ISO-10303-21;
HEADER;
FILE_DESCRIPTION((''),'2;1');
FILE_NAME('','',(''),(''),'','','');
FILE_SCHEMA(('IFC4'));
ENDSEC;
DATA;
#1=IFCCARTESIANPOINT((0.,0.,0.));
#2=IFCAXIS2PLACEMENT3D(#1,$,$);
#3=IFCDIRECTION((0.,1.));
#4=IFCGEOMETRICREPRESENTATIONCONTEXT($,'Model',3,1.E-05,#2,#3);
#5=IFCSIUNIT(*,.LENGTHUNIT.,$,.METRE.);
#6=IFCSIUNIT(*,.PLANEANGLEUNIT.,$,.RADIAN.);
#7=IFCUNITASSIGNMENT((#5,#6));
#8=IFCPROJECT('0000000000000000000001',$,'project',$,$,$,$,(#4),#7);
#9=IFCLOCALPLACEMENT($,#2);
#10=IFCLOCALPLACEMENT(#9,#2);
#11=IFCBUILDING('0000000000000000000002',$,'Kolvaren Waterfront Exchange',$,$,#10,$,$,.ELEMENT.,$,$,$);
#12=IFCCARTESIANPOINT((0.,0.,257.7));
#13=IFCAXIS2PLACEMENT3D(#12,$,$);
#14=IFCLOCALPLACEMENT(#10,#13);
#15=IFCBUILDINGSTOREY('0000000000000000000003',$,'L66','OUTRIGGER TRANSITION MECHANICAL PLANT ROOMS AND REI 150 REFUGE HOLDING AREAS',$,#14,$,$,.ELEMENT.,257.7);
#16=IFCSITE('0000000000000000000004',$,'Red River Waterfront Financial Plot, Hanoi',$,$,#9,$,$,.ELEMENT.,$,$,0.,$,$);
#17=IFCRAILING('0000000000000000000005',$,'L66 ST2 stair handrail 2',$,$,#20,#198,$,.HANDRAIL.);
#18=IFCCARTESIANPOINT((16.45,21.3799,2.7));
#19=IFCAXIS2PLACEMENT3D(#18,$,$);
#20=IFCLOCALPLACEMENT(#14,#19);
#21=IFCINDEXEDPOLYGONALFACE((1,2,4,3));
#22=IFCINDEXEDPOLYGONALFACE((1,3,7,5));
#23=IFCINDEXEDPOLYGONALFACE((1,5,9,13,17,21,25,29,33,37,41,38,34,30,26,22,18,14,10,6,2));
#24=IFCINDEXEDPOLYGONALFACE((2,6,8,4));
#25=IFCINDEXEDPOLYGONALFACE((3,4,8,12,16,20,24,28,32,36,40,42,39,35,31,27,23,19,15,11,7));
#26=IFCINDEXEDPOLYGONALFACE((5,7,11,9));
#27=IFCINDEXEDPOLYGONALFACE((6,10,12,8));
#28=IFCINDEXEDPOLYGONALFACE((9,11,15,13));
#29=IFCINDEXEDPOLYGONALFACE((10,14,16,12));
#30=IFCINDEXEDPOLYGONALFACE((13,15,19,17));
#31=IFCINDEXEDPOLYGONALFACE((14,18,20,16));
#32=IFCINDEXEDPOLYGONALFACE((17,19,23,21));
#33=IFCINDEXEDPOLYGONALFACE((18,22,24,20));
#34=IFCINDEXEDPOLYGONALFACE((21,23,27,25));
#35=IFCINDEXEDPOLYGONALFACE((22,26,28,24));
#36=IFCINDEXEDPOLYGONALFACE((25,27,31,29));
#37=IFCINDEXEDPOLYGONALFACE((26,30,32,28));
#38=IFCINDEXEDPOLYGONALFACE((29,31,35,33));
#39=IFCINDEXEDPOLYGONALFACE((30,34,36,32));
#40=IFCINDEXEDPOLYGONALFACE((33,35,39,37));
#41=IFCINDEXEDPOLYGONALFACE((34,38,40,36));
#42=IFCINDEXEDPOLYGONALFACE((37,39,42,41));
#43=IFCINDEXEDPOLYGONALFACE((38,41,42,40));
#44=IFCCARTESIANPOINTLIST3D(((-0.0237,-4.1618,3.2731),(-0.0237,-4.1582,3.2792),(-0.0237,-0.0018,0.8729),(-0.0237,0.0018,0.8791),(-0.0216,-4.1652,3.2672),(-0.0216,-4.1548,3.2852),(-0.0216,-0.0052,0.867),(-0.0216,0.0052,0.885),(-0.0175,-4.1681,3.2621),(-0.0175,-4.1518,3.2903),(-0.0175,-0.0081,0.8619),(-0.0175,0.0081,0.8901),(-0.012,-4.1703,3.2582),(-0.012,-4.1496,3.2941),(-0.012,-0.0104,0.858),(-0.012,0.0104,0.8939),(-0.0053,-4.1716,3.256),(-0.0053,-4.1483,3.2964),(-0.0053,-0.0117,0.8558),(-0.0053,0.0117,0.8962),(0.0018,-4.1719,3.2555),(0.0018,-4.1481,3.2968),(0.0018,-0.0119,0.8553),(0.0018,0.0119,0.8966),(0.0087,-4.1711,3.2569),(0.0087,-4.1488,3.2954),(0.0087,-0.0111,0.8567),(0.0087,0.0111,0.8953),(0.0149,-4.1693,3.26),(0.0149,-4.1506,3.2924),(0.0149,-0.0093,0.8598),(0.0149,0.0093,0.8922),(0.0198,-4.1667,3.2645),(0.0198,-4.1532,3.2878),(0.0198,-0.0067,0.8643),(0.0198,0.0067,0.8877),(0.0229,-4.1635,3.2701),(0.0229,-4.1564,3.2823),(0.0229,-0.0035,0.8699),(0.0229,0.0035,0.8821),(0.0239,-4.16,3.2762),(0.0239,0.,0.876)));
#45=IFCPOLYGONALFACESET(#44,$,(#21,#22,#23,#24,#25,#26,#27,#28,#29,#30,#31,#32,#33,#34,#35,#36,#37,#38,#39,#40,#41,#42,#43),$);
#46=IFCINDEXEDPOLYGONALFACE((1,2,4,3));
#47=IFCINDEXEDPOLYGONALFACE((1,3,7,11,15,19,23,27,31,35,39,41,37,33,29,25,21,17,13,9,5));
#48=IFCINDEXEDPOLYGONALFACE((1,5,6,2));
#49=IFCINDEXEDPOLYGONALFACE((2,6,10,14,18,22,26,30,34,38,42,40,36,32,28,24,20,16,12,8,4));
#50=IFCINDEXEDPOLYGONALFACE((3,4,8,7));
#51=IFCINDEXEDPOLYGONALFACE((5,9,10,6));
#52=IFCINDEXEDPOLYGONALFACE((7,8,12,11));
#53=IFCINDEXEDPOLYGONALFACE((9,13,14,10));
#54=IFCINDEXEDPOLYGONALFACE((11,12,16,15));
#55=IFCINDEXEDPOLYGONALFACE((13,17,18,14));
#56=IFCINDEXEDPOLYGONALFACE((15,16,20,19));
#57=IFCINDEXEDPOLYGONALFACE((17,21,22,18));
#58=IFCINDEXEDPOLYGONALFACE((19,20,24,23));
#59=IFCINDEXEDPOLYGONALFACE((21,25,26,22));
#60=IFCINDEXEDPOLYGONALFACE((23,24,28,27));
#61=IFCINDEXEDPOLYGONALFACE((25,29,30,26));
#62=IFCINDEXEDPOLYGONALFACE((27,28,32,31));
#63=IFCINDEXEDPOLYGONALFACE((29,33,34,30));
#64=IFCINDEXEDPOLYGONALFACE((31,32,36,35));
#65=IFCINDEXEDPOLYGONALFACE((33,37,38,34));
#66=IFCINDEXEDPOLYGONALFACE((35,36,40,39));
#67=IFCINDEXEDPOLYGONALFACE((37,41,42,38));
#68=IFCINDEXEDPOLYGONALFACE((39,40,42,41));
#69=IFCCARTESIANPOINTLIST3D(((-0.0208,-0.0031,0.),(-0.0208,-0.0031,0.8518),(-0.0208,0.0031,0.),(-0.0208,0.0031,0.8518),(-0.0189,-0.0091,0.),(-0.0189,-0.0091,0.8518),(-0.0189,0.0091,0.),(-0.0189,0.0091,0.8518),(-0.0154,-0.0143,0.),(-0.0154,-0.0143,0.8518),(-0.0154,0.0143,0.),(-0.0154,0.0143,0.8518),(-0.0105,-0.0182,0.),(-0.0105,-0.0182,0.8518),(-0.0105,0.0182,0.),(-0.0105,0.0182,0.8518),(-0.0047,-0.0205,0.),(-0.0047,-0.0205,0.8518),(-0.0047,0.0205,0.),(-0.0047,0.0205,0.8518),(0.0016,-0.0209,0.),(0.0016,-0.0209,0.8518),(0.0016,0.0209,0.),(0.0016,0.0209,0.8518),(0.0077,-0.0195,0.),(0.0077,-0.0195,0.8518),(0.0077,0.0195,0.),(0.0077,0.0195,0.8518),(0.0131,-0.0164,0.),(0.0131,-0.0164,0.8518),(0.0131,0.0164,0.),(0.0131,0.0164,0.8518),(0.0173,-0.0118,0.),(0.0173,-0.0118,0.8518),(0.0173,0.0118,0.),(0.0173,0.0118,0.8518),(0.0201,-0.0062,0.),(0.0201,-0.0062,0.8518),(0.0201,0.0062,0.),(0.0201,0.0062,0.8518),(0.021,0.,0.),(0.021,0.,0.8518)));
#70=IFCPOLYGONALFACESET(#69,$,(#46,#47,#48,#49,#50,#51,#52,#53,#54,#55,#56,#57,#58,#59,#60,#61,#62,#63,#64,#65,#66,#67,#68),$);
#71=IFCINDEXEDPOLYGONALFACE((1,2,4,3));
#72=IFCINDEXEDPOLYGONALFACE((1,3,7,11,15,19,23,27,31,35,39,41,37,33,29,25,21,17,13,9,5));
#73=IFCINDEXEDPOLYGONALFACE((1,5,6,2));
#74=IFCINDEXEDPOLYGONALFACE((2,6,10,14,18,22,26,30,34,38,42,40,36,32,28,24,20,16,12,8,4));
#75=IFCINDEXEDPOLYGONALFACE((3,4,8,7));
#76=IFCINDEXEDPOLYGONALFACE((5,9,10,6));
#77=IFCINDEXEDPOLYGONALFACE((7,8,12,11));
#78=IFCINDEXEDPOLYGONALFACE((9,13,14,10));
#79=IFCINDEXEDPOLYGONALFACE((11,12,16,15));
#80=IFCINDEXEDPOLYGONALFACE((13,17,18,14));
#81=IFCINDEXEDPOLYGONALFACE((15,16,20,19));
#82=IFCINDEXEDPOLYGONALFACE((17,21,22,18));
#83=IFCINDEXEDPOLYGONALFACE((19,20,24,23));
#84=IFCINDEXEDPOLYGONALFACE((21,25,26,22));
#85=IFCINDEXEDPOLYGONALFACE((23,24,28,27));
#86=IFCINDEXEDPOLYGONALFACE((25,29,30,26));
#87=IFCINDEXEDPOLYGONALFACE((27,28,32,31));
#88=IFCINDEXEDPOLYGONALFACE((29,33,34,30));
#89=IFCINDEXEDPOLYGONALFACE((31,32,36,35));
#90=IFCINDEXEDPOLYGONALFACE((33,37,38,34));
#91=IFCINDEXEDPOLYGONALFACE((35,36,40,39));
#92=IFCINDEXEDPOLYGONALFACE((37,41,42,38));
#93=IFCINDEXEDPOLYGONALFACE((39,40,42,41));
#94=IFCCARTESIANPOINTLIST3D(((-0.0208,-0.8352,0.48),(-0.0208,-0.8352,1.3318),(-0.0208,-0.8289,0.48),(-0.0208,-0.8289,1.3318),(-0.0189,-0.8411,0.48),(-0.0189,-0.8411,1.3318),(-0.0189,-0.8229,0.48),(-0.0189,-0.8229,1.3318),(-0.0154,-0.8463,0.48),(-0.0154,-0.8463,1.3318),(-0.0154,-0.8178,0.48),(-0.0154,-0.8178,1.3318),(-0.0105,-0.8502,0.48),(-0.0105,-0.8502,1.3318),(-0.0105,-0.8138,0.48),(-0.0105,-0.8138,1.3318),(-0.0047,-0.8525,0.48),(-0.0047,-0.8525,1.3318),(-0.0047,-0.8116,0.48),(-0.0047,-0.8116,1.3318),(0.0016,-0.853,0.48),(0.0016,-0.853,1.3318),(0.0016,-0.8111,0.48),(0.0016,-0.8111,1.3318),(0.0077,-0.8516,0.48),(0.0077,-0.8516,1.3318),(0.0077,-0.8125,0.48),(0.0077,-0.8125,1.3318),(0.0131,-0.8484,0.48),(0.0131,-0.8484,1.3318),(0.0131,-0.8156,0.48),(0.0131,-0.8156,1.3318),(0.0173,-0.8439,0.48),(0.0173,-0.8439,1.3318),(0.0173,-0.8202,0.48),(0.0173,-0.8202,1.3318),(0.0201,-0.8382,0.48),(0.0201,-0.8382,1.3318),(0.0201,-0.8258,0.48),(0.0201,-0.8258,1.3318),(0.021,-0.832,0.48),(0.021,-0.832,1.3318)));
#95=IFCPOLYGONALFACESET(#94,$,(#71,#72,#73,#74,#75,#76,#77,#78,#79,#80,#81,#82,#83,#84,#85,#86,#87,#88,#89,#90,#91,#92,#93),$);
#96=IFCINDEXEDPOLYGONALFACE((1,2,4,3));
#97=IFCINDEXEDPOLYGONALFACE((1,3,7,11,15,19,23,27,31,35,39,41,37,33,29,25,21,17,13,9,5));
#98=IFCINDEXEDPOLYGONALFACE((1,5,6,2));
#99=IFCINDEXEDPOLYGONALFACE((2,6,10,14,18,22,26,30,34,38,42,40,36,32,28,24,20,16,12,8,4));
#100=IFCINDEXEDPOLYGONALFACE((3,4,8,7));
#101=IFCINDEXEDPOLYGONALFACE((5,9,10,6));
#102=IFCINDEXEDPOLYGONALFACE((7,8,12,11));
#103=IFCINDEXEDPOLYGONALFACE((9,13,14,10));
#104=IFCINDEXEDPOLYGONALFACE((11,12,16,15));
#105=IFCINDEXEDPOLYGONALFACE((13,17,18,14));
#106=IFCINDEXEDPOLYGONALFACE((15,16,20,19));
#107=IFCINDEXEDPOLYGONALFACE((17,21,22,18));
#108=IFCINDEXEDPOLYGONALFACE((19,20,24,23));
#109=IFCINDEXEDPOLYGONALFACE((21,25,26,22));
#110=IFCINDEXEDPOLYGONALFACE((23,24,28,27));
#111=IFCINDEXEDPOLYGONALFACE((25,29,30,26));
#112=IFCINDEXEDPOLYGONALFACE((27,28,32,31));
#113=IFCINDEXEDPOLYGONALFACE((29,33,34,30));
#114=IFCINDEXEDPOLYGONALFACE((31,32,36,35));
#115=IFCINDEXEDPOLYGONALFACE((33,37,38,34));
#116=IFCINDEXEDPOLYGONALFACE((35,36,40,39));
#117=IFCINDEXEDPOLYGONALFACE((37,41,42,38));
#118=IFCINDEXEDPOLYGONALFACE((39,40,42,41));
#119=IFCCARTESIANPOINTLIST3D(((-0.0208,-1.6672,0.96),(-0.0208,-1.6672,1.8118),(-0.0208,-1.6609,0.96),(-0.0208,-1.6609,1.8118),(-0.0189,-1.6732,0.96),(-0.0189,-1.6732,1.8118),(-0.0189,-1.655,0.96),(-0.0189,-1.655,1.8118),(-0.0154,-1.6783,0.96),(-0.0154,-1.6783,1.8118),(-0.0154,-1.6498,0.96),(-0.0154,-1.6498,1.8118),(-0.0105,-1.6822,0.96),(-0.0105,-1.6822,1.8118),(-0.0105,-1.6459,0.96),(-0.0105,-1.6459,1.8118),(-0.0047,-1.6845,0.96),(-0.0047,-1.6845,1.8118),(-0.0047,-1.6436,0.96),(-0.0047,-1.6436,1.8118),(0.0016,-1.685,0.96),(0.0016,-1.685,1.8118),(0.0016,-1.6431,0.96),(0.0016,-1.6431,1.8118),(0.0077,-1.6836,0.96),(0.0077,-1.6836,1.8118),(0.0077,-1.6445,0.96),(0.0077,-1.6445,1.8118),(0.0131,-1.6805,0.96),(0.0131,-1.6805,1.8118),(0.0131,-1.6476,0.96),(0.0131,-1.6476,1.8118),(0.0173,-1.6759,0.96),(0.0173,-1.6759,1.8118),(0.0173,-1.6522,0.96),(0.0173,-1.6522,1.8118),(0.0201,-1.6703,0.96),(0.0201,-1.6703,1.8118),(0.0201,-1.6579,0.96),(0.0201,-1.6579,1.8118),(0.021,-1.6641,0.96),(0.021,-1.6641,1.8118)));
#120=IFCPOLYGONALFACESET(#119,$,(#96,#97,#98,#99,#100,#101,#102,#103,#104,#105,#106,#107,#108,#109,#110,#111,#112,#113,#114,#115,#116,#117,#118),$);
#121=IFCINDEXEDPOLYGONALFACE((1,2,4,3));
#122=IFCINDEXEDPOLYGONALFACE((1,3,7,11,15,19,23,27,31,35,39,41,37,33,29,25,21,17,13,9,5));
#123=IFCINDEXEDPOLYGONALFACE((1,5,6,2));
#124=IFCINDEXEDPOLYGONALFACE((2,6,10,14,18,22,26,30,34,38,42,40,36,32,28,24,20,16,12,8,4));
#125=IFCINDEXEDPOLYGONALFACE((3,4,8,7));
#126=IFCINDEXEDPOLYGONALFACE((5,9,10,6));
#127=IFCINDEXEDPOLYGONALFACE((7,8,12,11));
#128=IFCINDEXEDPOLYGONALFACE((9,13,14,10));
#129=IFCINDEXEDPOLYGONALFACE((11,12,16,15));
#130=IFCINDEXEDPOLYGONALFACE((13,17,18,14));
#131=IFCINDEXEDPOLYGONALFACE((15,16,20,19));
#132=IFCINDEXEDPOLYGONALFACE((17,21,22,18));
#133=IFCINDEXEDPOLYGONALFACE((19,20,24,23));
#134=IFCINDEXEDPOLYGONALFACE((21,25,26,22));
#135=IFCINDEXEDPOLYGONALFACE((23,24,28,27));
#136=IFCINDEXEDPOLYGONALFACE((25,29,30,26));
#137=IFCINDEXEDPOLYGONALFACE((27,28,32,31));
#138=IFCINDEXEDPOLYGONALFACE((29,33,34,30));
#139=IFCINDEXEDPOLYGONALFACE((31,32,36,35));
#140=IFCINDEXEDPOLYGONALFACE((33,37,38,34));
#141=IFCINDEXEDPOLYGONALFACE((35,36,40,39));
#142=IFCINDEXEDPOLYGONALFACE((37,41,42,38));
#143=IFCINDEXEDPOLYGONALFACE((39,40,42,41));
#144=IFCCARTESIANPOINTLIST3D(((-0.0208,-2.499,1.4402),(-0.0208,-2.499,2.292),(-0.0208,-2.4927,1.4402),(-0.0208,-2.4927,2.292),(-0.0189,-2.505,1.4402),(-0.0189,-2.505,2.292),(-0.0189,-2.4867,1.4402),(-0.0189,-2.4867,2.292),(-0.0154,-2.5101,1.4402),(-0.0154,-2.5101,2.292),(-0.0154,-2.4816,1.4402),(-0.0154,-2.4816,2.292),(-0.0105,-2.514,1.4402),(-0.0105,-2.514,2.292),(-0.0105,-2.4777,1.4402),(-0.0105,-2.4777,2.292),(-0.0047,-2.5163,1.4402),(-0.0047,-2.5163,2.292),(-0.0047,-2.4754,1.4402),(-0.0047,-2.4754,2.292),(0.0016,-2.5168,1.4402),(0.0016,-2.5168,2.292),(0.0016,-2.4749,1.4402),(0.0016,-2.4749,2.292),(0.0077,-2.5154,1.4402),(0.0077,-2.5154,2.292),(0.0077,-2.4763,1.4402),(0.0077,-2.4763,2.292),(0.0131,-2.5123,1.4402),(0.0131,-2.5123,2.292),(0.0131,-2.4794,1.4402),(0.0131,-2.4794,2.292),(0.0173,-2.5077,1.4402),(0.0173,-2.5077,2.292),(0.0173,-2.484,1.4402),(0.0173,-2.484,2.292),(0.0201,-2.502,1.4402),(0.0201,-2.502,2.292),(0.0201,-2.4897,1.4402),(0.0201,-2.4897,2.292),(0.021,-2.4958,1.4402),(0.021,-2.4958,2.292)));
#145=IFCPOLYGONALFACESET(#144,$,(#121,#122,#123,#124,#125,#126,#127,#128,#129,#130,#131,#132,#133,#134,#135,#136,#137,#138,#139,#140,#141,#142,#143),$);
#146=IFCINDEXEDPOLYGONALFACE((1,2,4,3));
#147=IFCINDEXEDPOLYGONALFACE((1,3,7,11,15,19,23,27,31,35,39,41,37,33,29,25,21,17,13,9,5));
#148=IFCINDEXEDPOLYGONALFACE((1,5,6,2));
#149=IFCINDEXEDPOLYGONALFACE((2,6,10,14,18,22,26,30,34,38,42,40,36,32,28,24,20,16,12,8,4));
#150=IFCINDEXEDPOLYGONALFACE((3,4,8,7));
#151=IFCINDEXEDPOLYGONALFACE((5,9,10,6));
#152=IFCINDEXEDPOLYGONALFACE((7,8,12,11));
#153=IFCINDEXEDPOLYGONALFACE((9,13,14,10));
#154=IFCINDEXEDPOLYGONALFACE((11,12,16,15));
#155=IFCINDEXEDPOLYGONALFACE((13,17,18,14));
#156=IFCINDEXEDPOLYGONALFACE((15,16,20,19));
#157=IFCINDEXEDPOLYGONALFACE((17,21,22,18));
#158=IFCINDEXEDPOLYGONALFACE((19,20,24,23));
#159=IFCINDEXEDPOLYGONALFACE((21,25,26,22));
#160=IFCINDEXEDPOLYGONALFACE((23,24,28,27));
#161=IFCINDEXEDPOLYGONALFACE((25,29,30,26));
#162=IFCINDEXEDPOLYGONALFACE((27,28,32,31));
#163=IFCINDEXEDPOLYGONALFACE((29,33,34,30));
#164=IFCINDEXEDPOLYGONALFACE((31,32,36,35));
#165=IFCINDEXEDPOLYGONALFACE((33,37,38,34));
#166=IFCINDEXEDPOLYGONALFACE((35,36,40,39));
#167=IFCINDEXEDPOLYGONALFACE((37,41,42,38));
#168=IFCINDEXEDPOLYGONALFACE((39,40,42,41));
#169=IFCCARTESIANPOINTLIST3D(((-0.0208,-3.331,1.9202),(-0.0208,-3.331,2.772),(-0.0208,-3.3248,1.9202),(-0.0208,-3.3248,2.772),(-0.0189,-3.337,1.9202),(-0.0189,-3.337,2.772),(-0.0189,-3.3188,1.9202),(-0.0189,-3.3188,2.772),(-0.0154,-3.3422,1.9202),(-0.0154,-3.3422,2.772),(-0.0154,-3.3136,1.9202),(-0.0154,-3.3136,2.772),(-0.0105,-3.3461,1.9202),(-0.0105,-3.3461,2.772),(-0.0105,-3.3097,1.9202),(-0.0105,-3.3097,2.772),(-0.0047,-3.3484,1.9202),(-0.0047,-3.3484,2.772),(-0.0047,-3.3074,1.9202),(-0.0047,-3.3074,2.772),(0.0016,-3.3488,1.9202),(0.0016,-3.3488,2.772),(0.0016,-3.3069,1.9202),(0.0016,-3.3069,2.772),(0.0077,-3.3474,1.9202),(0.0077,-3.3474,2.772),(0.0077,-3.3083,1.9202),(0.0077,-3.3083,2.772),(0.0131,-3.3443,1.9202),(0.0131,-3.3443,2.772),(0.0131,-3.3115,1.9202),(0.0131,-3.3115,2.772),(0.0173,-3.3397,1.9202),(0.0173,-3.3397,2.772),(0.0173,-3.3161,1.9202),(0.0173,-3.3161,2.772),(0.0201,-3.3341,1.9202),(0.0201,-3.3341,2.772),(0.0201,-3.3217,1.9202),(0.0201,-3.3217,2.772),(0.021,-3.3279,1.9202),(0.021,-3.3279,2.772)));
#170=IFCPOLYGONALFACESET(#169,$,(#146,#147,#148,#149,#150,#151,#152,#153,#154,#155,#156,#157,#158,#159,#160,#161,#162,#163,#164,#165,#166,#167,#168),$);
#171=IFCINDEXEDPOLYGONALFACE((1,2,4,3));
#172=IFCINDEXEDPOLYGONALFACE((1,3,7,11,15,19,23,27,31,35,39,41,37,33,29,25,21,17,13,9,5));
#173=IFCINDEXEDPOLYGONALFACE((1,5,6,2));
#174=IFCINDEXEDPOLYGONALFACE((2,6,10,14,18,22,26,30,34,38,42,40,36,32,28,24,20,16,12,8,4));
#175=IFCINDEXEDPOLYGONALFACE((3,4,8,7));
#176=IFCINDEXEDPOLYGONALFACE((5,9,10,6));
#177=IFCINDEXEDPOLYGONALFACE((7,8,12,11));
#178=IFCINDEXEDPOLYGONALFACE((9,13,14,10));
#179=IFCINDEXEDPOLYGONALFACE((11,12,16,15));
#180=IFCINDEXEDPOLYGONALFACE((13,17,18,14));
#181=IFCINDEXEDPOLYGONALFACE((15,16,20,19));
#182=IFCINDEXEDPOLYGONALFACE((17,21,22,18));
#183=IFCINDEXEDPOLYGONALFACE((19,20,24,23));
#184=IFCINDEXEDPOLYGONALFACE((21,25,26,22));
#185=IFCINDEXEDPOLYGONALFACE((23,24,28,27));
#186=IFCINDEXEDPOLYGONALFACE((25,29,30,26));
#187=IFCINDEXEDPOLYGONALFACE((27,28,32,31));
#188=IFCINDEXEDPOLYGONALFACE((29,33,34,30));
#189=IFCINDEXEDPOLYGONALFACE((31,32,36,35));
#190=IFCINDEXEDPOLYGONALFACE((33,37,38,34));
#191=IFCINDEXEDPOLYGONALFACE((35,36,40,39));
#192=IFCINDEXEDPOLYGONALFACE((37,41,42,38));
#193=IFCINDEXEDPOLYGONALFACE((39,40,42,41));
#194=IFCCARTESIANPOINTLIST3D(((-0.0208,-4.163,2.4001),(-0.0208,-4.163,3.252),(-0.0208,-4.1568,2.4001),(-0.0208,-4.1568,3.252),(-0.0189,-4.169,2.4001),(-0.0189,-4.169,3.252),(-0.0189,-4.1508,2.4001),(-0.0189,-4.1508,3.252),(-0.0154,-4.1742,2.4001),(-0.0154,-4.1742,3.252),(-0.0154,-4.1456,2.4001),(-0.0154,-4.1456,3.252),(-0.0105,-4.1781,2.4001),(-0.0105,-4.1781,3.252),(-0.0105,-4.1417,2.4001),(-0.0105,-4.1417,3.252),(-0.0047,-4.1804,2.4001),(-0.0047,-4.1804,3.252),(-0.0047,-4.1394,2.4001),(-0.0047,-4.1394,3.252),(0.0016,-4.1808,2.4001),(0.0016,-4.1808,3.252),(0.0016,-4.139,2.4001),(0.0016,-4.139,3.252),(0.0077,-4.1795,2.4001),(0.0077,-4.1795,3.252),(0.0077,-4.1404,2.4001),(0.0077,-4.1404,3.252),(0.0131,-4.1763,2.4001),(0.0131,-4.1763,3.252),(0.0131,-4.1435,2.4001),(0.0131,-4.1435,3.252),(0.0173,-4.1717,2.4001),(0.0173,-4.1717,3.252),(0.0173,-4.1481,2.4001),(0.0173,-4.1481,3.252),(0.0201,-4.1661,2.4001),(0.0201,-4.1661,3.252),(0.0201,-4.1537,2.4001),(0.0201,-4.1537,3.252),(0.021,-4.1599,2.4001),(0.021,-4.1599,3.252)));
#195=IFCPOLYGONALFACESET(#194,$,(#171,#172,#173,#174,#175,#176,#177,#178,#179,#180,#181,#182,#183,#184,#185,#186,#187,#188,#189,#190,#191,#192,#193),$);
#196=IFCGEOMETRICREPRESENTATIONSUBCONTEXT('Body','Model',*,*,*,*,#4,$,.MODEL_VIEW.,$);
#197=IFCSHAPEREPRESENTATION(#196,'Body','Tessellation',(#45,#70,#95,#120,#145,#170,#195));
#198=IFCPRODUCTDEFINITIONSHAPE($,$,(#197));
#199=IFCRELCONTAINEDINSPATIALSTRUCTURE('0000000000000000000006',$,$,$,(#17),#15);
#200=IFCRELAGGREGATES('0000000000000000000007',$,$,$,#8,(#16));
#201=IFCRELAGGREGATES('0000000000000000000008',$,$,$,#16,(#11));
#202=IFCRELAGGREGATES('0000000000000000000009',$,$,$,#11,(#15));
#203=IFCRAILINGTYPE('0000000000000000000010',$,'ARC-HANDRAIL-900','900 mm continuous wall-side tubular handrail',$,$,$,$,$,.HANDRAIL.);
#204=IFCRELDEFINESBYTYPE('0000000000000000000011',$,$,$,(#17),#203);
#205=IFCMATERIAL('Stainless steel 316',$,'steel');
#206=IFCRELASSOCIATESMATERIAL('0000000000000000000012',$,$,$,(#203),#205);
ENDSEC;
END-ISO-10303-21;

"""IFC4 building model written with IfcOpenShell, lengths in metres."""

from ifc_helpers import new_model, si_unit, direction, frame, origin, origin_2d, place, context, subcontext, project, spatial, circle, extrude, material, type_object, element, save


model = new_model("IFC4")

# Units and contexts
model_context = context("Model", 3, precision=1e-05, world=origin(), true_north=direction((0.0, 1.0)))
body_context = subcontext(model_context, "Body", "Model", "MODEL_VIEW")
ifc_project = project(units=[si_unit("LENGTHUNIT", "METRE"), si_unit("PLANEANGLEUNIT", "RADIAN")], contexts=[model_context])

# Site, building, storey
site_placement = place(None, origin())
site = spatial("IfcSite", under=ifc_project, at=site_placement, Name="Red River Waterfront Financial Plot, Hanoi", CompositionType="ELEMENT", RefElevation=0.0)
building_placement = place(site_placement, origin())
building = spatial("IfcBuilding", under=site, at=building_placement, Name="Kolvaren Waterfront Exchange", CompositionType="ELEMENT")
storey_placement = place(building_placement, frame((0.0, 0.0, 257.7)))
storey = spatial("IfcBuildingStorey", under=building, at=storey_placement, Name="L66", Description="OUTRIGGER TRANSITION MECHANICAL PLANT ROOMS AND REI 150 REFUGE HOLDING AREAS", CompositionType="ELEMENT", Elevation=257.7)

# Railing
ifc_material_1 = material(Name="Stainless steel 316", Category="steel")
railing_type_1 = type_object("IfcRailingType", Name="ARC-HANDRAIL-900", Description="900 mm continuous wall-side tubular handrail", PredefinedType="HANDRAIL", material=ifc_material_1)
railing_1_placement = place(storey_placement, frame((16.45, 21.3799, 2.7)))
element("IfcRailing", 1, at=railing_1_placement, inside=storey, type_object=railing_type_1, Name="L66 ST2 stair handrail 2", PredefinedType="HANDRAIL", context=body_context, shape_type="SweptSolid", body=[
    extrude(circle(Radius=0.0239, at=origin_2d()), frame((0.0, 0.0, 0.876), z_axis=(0.0, -0.866168, 0.499753), x_axis=(1.0, 0.0, 0.0)), (0.0, 0.0, 1.0), 4.8027),
    extrude(circle(Radius=0.021, at=origin_2d()), origin(), (0.0, 0.0, 1.0), 0.8518),
    extrude(circle(Radius=0.021, at=origin_2d()), frame((0.0, -0.832, 0.48)), (0.0, 0.0, 1.0), 0.8518),
    extrude(circle(Radius=0.021, at=origin_2d()), frame((0.0, -1.6641, 0.96)), (0.0, 0.0, 1.0), 0.8518),
    extrude(circle(Radius=0.021, at=origin_2d()), frame((0.0, -2.4958, 1.4402)), (0.0, 0.0, 1.0), 0.8518),
    extrude(circle(Radius=0.021, at=origin_2d()), frame((0.0, -3.3279, 1.9202)), (0.0, 0.0, 1.0), 0.8518),
    extrude(circle(Radius=0.021, at=origin_2d()), frame((0.0, -4.1599, 2.4001)), (0.0, 0.0, 1.0), 0.8518),
])

save(model, "model.ifc")
